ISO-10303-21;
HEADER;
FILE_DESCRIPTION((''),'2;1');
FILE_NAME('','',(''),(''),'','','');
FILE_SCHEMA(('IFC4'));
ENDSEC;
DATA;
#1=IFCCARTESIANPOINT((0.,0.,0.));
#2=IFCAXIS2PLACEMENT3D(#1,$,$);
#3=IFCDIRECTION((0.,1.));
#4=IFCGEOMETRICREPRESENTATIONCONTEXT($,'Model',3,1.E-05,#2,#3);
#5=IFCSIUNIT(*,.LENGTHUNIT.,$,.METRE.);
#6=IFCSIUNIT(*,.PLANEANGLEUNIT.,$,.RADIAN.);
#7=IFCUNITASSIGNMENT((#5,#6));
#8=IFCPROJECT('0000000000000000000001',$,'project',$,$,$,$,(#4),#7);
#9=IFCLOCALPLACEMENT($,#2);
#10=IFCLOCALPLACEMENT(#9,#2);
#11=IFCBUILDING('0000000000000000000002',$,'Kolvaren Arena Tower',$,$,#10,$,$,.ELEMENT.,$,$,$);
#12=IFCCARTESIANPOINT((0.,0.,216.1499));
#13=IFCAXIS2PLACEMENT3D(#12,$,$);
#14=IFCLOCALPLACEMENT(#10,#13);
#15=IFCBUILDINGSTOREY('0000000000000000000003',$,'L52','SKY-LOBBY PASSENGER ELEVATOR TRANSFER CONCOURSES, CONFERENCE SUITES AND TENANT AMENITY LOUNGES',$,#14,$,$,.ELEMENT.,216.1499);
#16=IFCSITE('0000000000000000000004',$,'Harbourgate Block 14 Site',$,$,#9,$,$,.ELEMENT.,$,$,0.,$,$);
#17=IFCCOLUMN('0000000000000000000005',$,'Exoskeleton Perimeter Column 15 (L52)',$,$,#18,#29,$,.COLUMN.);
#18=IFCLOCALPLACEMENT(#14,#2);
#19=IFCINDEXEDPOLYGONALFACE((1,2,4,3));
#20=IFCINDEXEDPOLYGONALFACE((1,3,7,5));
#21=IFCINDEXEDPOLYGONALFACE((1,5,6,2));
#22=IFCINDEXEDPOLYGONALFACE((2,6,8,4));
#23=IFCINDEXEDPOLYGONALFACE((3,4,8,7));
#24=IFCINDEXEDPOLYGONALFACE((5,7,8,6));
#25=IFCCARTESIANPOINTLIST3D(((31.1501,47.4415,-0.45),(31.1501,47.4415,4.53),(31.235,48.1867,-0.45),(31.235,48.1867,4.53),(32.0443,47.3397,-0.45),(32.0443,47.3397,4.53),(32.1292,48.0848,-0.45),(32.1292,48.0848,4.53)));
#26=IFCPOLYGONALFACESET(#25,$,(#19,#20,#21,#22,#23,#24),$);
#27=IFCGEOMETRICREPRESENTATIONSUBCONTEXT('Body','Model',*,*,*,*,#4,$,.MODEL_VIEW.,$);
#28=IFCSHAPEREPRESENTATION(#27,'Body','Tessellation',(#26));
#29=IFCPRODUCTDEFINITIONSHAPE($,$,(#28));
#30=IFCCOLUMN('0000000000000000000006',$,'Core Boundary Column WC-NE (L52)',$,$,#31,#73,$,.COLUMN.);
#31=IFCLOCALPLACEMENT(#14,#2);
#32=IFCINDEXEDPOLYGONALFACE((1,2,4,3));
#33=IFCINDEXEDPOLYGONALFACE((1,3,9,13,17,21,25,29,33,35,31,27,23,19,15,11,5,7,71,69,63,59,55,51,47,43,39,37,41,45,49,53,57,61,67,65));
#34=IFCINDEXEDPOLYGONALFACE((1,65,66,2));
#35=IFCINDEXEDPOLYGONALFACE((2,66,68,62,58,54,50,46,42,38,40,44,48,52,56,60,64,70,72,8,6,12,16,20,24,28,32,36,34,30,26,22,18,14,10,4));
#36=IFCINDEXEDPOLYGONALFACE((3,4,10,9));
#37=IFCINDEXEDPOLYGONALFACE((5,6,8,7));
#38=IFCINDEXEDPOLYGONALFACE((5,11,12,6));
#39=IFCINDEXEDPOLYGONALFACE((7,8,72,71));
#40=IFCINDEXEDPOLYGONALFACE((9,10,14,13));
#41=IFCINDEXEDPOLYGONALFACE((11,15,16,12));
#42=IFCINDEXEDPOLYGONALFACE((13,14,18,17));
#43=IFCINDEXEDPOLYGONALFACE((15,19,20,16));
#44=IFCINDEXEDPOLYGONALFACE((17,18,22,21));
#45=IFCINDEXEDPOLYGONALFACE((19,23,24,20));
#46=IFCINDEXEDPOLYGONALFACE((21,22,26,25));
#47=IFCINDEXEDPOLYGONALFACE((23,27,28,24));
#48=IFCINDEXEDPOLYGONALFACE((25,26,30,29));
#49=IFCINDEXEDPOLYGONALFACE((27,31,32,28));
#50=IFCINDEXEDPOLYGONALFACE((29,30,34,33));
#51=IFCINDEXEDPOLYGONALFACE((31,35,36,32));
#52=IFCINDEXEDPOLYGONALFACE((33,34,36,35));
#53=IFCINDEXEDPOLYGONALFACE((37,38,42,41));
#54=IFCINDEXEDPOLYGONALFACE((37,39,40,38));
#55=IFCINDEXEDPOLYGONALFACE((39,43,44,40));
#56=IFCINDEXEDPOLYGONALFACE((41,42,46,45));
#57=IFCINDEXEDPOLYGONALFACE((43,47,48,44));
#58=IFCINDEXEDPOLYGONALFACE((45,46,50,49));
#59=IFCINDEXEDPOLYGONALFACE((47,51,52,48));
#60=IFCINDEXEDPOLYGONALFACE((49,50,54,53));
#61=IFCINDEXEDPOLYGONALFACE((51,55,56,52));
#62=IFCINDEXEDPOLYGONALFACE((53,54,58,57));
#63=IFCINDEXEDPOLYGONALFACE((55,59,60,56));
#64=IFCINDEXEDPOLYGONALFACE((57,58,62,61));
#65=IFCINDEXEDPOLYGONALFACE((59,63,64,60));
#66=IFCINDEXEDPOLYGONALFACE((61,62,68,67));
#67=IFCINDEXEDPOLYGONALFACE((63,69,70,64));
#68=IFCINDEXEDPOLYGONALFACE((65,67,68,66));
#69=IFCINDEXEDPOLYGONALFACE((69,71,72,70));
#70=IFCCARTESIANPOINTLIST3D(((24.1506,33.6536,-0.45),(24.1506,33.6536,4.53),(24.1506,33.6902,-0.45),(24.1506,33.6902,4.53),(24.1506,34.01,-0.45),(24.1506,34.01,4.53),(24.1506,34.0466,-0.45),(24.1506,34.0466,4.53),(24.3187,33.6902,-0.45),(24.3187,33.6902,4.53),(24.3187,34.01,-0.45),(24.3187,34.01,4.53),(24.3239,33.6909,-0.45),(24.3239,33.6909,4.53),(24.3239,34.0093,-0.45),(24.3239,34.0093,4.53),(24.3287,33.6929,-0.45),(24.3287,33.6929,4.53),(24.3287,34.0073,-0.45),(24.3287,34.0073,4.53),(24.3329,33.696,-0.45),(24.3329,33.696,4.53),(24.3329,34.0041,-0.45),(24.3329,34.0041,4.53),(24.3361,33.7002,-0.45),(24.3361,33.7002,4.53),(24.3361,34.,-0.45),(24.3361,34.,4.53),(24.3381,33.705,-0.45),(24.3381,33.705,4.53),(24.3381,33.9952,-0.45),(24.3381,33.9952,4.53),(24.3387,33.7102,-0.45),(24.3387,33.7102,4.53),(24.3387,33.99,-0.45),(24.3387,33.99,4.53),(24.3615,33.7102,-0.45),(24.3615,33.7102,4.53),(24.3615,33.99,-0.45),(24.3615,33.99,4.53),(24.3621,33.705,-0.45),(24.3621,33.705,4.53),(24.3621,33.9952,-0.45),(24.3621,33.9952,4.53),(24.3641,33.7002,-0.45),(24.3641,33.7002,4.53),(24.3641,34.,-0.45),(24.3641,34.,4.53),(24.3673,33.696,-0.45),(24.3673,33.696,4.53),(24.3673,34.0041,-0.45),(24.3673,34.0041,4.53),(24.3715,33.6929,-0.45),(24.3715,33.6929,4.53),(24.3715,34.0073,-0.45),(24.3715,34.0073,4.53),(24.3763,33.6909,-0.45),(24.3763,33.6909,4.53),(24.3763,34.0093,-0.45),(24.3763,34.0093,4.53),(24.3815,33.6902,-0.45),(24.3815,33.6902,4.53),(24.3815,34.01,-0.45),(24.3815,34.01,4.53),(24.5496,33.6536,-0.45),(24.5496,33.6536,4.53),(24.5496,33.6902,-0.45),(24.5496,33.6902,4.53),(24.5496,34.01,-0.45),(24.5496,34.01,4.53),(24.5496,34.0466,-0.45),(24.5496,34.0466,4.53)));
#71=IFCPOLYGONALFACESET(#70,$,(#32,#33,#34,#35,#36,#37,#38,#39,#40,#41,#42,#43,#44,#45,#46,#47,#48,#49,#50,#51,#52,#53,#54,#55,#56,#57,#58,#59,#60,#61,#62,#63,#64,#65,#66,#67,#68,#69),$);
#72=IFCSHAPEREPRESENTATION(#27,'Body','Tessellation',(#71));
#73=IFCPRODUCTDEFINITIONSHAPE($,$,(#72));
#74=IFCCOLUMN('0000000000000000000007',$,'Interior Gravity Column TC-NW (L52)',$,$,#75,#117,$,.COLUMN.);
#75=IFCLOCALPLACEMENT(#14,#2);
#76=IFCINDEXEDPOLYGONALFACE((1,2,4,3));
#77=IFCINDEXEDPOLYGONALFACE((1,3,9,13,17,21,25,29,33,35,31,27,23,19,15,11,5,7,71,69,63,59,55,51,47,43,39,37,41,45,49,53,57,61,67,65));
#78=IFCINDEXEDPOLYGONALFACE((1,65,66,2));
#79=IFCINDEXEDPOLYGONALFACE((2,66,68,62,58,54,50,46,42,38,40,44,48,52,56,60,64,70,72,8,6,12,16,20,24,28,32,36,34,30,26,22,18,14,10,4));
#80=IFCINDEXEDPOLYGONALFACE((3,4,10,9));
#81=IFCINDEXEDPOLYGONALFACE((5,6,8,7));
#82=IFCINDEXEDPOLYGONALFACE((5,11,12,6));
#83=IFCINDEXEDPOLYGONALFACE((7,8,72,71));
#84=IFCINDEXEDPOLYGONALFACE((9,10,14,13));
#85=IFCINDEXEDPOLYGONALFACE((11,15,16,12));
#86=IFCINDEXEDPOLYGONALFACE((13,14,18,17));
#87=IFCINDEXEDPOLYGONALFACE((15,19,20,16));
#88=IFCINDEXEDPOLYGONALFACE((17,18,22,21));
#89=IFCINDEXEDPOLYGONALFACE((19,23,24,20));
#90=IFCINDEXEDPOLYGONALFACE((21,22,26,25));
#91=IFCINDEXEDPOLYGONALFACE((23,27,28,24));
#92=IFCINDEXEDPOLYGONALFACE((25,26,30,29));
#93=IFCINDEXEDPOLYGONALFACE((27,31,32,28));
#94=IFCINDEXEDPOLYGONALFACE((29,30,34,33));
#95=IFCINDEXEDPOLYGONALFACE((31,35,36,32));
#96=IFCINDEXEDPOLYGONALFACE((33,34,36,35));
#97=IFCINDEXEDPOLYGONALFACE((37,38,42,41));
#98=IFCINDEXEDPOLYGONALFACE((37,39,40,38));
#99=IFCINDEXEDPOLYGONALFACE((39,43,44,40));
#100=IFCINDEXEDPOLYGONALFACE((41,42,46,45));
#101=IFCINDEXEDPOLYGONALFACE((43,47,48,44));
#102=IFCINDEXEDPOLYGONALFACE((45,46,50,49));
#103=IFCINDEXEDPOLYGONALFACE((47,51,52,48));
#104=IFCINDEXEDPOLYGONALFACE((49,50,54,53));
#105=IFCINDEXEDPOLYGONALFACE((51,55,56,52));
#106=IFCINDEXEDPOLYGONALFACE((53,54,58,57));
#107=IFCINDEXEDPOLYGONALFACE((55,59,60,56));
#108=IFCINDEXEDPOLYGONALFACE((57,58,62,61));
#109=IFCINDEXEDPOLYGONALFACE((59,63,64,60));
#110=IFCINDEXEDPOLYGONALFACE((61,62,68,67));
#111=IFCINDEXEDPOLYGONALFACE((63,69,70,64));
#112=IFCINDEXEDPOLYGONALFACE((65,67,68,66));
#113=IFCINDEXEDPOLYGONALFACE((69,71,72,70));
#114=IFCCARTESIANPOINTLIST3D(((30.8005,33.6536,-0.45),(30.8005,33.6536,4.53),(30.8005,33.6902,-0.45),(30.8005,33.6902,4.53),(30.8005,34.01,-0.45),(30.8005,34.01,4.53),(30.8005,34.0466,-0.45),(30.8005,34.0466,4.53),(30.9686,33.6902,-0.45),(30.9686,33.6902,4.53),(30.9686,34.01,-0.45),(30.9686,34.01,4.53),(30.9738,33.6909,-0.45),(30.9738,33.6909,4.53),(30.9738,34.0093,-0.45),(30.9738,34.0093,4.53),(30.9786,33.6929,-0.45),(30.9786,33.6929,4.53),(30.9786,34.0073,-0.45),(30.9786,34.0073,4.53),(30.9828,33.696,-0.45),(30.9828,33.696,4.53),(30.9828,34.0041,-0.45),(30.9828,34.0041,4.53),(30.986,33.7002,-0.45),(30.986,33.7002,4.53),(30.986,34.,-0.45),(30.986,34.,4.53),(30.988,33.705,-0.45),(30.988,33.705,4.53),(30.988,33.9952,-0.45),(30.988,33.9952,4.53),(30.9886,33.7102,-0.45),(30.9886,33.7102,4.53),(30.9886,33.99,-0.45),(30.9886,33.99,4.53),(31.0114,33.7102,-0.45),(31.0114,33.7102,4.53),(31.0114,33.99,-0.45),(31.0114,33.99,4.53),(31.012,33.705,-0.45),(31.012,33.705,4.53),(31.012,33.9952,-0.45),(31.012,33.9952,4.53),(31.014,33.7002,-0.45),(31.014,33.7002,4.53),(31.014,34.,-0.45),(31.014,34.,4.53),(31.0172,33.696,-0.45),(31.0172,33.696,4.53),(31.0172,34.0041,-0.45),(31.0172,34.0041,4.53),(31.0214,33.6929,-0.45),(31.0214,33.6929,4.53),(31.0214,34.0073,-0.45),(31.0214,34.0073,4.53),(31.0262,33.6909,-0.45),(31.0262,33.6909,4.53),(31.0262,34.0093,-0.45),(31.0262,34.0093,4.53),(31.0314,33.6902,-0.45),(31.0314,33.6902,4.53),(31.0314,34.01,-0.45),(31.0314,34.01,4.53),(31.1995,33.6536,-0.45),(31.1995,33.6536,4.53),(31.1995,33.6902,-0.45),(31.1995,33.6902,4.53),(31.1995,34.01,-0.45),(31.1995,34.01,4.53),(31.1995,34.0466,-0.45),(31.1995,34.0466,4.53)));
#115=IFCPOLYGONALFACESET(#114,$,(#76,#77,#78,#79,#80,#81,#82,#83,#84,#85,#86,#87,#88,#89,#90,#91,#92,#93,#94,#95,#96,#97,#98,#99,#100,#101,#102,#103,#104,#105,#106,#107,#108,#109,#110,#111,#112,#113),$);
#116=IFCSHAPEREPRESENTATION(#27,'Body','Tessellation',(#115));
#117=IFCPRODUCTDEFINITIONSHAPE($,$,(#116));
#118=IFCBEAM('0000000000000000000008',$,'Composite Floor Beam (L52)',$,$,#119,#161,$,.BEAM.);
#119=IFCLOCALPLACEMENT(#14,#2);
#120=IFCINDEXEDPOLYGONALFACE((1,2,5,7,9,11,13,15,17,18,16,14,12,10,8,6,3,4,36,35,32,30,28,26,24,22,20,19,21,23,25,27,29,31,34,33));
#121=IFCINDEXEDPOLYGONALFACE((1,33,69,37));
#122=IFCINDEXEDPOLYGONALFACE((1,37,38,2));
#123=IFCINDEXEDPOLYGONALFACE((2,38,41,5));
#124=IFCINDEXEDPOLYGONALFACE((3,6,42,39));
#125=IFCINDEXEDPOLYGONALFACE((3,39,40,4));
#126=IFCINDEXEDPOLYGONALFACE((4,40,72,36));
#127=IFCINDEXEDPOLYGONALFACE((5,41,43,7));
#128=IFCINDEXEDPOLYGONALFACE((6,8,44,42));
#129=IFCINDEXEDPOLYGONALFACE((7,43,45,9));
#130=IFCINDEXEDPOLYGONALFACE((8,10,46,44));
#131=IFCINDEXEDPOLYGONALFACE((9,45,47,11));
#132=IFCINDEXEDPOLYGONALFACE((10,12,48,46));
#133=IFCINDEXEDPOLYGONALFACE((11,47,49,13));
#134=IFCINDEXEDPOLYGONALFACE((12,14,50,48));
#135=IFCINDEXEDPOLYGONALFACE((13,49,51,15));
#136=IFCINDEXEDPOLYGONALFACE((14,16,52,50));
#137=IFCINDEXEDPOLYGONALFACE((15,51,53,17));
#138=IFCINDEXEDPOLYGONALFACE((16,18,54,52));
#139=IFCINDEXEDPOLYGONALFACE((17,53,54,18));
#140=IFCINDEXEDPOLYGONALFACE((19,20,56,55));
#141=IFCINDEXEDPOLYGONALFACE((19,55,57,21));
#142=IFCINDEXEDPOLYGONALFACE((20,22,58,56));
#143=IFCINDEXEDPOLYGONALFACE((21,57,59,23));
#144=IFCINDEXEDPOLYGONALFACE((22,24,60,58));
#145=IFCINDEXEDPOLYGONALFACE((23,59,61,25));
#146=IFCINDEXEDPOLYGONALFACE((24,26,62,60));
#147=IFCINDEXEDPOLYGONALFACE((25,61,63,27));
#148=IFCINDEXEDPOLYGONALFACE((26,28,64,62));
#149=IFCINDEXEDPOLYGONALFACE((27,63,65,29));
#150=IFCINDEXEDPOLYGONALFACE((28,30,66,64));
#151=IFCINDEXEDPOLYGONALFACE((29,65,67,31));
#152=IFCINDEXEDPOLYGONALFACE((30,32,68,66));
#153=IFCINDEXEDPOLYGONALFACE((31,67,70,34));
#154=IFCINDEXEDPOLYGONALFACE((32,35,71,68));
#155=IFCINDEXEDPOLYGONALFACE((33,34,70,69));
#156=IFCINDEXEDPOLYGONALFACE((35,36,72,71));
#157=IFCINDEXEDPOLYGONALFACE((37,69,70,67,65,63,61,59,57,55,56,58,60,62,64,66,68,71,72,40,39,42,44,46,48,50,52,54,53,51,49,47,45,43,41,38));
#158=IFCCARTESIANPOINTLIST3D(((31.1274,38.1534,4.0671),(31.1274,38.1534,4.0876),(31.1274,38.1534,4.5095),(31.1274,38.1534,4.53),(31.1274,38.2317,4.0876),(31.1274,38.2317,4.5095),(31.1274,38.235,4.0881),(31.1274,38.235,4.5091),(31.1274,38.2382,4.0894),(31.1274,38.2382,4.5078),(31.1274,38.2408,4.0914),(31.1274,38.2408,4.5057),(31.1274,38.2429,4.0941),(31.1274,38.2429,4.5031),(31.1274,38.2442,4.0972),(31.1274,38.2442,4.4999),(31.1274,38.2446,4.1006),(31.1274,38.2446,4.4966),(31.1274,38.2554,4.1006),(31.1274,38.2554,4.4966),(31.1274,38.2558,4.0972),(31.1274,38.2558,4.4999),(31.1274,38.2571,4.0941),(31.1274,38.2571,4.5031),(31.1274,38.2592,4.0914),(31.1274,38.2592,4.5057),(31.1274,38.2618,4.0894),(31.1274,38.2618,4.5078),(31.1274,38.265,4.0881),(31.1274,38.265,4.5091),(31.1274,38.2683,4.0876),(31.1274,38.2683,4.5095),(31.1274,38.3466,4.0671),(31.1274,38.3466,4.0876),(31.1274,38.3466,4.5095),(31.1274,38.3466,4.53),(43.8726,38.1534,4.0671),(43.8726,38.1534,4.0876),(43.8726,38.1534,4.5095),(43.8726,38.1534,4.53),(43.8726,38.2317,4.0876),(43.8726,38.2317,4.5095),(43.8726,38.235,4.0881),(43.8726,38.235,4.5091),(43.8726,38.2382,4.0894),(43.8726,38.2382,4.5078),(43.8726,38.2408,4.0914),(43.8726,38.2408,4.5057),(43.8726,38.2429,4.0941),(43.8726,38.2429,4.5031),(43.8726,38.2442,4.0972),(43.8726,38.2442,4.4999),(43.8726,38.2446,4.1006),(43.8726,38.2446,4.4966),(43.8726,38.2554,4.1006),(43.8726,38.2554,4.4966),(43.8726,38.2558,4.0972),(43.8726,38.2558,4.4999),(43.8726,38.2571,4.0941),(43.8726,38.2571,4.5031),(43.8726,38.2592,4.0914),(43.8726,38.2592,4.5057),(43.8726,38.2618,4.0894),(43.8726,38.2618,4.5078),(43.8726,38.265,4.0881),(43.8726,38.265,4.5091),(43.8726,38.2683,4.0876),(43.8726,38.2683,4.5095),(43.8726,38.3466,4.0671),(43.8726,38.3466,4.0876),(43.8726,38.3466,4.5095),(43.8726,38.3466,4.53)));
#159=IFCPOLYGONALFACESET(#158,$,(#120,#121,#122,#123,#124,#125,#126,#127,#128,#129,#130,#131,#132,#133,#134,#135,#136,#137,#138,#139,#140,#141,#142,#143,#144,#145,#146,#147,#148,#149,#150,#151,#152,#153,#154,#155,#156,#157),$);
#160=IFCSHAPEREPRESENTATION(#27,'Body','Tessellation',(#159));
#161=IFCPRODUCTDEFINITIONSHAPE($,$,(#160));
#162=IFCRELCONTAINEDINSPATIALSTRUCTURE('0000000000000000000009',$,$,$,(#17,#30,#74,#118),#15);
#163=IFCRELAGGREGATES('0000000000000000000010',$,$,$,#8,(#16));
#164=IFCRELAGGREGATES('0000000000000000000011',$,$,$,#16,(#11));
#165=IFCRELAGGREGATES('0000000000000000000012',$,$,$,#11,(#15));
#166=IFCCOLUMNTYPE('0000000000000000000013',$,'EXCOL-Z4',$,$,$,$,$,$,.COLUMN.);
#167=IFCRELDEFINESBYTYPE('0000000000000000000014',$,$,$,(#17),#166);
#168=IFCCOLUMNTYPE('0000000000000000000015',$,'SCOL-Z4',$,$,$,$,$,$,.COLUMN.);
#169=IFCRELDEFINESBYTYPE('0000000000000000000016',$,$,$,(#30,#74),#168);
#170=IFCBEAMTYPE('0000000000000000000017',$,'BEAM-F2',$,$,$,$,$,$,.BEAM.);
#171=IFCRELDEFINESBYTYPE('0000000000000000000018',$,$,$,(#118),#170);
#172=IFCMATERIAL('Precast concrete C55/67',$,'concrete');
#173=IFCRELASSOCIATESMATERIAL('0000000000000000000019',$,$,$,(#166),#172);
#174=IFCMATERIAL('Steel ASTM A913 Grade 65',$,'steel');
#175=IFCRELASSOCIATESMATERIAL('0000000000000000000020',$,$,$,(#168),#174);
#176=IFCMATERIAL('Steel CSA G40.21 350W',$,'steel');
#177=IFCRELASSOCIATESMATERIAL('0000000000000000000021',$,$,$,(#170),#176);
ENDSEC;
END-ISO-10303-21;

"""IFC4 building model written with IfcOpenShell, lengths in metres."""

from ifc_helpers import new_model, si_unit, direction, frame, origin, origin_2d, place, context, subcontext, project, spatial, rectangle, i_section, extrude, material, material_profile, profile_set, type_object, element, save


model = new_model("IFC4")

# Units and contexts
model_context = context("Model", 3, precision=1e-05, world=origin(), true_north=direction((0.0, 1.0)))
body_context = subcontext(model_context, "Body", "Model", "MODEL_VIEW")
ifc_project = project(units=[si_unit("LENGTHUNIT", "METRE"), si_unit("PLANEANGLEUNIT", "RADIAN")], contexts=[model_context])

# Site, building, storey
site_placement = place(None, origin())
site = spatial("IfcSite", under=ifc_project, at=site_placement, Name="Harbourgate Block 14 Site", CompositionType="ELEMENT", RefElevation=0.0)
building_placement = place(site_placement, origin())
building = spatial("IfcBuilding", under=site, at=building_placement, Name="Kolvaren Arena Tower", CompositionType="ELEMENT")
storey_placement = place(building_placement, frame((0.0, 0.0, 216.1499)))
storey = spatial("IfcBuildingStorey", under=building, at=storey_placement, Name="L52", Description="SKY-LOBBY PASSENGER ELEVATOR TRANSFER CONCOURSES, CONFERENCE SUITES AND TENANT AMENITY LOUNGES", CompositionType="ELEMENT", Elevation=216.1499)

# Columns
ifc_material_1 = material(Name="Precast concrete C55/67", Category="concrete")
ifc_material_profile_1 = material_profile(ifc_material_1, rectangle(XDim=0.8999, YDim=0.75, at=origin_2d()), Name="RC-900x750")
ifc_profile_set_1 = profile_set([ifc_material_profile_1], Name="Precast concrete C55/67")
column_type_1 = type_object("IfcColumnType", Name="EXCOL-Z4", PredefinedType="COLUMN", material=ifc_profile_set_1)
column_placement = place(storey_placement, frame((31.6396, 47.7632, -0.45), z_axis=(0.0, 0.0, 1.0), x_axis=(0.993572, -0.113203, 0.0)))
element("IfcColumn", 1, at=column_placement, inside=storey, type_object=column_type_1, Name="Exoskeleton Perimeter Column 15 (L52)", PredefinedType="COLUMN", context=body_context, shape_type="SweptSolid", body=[
    extrude(rectangle(XDim=0.8999, YDim=0.75, at=origin_2d()), origin(), (0.0, 0.0, 1.0), 4.98),
])
ifc_material_2 = material(Name="Steel ASTM A913 Grade 65", Category="steel")
ifc_material_profile_2 = material_profile(ifc_material_2, i_section(OverallWidth=0.3989, OverallDepth=0.3931, WebThickness=0.0227, FlangeThickness=0.0366, FilletRadius=0.02, at=origin_2d()), Name="W360x287")
ifc_profile_set_2 = profile_set([ifc_material_profile_2], Name="Steel ASTM A913 Grade 65")
column_type_2 = type_object("IfcColumnType", Name="SCOL-Z4", PredefinedType="COLUMN", material=ifc_profile_set_2)
for number, where, z_axis, x_axis, name in (
    (2, (24.3501, 33.8501, -0.45), (0.0, 0.0, 1.0), (1.0, 0.0, 0.0), "Core Boundary Column WC-NE (L52)"),
    (3, (31.0, 33.8501, -0.45), (0.0, 0.0, 1.0), (1.0, 0.0, 0.0), "Interior Gravity Column TC-NW (L52)"),
):
    element("IfcColumn", number, at=place(storey_placement, frame(where, z_axis=z_axis, x_axis=x_axis)), inside=storey, type_object=column_type_2, Name=name, PredefinedType="COLUMN", context=body_context, shape_type="SweptSolid", body=[
        extrude(i_section(OverallWidth=0.3989, OverallDepth=0.3931, WebThickness=0.0227, FlangeThickness=0.0366, FilletRadius=0.02, at=origin_2d()), origin(), (0.0, 0.0, 1.0), 4.98),
    ])

# Beam
ifc_material_3 = material(Name="Steel CSA G40.21 350W", Category="steel")
ifc_material_profile_3 = material_profile(ifc_material_3, i_section(OverallWidth=0.1931, OverallDepth=0.4629, WebThickness=0.0107, FlangeThickness=0.0205, FilletRadius=0.0129, at=origin_2d()), Name="W460x113")
ifc_profile_set_3 = profile_set([ifc_material_profile_3], Name="Steel CSA G40.21 350W")
beam_type_1 = type_object("IfcBeamType", Name="BEAM-F2", PredefinedType="BEAM", material=ifc_profile_set_3)
beam_1_placement = place(storey_placement, frame((31.1274, 38.25, 4.2986), z_axis=(1.0, 0.0, 0.0), x_axis=(0.0, 1.0, 0.0)))
element("IfcBeam", 4, at=beam_1_placement, inside=storey, type_object=beam_type_1, Name="Composite Floor Beam (L52)", PredefinedType="BEAM", context=body_context, shape_type="SweptSolid", body=[
    extrude(i_section(OverallWidth=0.1931, OverallDepth=0.4629, WebThickness=0.0107, FlangeThickness=0.0205, FilletRadius=0.0129, at=origin_2d()), origin(), (0.0, 0.0, 1.0), 12.7451),
])

save(model, "model.ifc")
